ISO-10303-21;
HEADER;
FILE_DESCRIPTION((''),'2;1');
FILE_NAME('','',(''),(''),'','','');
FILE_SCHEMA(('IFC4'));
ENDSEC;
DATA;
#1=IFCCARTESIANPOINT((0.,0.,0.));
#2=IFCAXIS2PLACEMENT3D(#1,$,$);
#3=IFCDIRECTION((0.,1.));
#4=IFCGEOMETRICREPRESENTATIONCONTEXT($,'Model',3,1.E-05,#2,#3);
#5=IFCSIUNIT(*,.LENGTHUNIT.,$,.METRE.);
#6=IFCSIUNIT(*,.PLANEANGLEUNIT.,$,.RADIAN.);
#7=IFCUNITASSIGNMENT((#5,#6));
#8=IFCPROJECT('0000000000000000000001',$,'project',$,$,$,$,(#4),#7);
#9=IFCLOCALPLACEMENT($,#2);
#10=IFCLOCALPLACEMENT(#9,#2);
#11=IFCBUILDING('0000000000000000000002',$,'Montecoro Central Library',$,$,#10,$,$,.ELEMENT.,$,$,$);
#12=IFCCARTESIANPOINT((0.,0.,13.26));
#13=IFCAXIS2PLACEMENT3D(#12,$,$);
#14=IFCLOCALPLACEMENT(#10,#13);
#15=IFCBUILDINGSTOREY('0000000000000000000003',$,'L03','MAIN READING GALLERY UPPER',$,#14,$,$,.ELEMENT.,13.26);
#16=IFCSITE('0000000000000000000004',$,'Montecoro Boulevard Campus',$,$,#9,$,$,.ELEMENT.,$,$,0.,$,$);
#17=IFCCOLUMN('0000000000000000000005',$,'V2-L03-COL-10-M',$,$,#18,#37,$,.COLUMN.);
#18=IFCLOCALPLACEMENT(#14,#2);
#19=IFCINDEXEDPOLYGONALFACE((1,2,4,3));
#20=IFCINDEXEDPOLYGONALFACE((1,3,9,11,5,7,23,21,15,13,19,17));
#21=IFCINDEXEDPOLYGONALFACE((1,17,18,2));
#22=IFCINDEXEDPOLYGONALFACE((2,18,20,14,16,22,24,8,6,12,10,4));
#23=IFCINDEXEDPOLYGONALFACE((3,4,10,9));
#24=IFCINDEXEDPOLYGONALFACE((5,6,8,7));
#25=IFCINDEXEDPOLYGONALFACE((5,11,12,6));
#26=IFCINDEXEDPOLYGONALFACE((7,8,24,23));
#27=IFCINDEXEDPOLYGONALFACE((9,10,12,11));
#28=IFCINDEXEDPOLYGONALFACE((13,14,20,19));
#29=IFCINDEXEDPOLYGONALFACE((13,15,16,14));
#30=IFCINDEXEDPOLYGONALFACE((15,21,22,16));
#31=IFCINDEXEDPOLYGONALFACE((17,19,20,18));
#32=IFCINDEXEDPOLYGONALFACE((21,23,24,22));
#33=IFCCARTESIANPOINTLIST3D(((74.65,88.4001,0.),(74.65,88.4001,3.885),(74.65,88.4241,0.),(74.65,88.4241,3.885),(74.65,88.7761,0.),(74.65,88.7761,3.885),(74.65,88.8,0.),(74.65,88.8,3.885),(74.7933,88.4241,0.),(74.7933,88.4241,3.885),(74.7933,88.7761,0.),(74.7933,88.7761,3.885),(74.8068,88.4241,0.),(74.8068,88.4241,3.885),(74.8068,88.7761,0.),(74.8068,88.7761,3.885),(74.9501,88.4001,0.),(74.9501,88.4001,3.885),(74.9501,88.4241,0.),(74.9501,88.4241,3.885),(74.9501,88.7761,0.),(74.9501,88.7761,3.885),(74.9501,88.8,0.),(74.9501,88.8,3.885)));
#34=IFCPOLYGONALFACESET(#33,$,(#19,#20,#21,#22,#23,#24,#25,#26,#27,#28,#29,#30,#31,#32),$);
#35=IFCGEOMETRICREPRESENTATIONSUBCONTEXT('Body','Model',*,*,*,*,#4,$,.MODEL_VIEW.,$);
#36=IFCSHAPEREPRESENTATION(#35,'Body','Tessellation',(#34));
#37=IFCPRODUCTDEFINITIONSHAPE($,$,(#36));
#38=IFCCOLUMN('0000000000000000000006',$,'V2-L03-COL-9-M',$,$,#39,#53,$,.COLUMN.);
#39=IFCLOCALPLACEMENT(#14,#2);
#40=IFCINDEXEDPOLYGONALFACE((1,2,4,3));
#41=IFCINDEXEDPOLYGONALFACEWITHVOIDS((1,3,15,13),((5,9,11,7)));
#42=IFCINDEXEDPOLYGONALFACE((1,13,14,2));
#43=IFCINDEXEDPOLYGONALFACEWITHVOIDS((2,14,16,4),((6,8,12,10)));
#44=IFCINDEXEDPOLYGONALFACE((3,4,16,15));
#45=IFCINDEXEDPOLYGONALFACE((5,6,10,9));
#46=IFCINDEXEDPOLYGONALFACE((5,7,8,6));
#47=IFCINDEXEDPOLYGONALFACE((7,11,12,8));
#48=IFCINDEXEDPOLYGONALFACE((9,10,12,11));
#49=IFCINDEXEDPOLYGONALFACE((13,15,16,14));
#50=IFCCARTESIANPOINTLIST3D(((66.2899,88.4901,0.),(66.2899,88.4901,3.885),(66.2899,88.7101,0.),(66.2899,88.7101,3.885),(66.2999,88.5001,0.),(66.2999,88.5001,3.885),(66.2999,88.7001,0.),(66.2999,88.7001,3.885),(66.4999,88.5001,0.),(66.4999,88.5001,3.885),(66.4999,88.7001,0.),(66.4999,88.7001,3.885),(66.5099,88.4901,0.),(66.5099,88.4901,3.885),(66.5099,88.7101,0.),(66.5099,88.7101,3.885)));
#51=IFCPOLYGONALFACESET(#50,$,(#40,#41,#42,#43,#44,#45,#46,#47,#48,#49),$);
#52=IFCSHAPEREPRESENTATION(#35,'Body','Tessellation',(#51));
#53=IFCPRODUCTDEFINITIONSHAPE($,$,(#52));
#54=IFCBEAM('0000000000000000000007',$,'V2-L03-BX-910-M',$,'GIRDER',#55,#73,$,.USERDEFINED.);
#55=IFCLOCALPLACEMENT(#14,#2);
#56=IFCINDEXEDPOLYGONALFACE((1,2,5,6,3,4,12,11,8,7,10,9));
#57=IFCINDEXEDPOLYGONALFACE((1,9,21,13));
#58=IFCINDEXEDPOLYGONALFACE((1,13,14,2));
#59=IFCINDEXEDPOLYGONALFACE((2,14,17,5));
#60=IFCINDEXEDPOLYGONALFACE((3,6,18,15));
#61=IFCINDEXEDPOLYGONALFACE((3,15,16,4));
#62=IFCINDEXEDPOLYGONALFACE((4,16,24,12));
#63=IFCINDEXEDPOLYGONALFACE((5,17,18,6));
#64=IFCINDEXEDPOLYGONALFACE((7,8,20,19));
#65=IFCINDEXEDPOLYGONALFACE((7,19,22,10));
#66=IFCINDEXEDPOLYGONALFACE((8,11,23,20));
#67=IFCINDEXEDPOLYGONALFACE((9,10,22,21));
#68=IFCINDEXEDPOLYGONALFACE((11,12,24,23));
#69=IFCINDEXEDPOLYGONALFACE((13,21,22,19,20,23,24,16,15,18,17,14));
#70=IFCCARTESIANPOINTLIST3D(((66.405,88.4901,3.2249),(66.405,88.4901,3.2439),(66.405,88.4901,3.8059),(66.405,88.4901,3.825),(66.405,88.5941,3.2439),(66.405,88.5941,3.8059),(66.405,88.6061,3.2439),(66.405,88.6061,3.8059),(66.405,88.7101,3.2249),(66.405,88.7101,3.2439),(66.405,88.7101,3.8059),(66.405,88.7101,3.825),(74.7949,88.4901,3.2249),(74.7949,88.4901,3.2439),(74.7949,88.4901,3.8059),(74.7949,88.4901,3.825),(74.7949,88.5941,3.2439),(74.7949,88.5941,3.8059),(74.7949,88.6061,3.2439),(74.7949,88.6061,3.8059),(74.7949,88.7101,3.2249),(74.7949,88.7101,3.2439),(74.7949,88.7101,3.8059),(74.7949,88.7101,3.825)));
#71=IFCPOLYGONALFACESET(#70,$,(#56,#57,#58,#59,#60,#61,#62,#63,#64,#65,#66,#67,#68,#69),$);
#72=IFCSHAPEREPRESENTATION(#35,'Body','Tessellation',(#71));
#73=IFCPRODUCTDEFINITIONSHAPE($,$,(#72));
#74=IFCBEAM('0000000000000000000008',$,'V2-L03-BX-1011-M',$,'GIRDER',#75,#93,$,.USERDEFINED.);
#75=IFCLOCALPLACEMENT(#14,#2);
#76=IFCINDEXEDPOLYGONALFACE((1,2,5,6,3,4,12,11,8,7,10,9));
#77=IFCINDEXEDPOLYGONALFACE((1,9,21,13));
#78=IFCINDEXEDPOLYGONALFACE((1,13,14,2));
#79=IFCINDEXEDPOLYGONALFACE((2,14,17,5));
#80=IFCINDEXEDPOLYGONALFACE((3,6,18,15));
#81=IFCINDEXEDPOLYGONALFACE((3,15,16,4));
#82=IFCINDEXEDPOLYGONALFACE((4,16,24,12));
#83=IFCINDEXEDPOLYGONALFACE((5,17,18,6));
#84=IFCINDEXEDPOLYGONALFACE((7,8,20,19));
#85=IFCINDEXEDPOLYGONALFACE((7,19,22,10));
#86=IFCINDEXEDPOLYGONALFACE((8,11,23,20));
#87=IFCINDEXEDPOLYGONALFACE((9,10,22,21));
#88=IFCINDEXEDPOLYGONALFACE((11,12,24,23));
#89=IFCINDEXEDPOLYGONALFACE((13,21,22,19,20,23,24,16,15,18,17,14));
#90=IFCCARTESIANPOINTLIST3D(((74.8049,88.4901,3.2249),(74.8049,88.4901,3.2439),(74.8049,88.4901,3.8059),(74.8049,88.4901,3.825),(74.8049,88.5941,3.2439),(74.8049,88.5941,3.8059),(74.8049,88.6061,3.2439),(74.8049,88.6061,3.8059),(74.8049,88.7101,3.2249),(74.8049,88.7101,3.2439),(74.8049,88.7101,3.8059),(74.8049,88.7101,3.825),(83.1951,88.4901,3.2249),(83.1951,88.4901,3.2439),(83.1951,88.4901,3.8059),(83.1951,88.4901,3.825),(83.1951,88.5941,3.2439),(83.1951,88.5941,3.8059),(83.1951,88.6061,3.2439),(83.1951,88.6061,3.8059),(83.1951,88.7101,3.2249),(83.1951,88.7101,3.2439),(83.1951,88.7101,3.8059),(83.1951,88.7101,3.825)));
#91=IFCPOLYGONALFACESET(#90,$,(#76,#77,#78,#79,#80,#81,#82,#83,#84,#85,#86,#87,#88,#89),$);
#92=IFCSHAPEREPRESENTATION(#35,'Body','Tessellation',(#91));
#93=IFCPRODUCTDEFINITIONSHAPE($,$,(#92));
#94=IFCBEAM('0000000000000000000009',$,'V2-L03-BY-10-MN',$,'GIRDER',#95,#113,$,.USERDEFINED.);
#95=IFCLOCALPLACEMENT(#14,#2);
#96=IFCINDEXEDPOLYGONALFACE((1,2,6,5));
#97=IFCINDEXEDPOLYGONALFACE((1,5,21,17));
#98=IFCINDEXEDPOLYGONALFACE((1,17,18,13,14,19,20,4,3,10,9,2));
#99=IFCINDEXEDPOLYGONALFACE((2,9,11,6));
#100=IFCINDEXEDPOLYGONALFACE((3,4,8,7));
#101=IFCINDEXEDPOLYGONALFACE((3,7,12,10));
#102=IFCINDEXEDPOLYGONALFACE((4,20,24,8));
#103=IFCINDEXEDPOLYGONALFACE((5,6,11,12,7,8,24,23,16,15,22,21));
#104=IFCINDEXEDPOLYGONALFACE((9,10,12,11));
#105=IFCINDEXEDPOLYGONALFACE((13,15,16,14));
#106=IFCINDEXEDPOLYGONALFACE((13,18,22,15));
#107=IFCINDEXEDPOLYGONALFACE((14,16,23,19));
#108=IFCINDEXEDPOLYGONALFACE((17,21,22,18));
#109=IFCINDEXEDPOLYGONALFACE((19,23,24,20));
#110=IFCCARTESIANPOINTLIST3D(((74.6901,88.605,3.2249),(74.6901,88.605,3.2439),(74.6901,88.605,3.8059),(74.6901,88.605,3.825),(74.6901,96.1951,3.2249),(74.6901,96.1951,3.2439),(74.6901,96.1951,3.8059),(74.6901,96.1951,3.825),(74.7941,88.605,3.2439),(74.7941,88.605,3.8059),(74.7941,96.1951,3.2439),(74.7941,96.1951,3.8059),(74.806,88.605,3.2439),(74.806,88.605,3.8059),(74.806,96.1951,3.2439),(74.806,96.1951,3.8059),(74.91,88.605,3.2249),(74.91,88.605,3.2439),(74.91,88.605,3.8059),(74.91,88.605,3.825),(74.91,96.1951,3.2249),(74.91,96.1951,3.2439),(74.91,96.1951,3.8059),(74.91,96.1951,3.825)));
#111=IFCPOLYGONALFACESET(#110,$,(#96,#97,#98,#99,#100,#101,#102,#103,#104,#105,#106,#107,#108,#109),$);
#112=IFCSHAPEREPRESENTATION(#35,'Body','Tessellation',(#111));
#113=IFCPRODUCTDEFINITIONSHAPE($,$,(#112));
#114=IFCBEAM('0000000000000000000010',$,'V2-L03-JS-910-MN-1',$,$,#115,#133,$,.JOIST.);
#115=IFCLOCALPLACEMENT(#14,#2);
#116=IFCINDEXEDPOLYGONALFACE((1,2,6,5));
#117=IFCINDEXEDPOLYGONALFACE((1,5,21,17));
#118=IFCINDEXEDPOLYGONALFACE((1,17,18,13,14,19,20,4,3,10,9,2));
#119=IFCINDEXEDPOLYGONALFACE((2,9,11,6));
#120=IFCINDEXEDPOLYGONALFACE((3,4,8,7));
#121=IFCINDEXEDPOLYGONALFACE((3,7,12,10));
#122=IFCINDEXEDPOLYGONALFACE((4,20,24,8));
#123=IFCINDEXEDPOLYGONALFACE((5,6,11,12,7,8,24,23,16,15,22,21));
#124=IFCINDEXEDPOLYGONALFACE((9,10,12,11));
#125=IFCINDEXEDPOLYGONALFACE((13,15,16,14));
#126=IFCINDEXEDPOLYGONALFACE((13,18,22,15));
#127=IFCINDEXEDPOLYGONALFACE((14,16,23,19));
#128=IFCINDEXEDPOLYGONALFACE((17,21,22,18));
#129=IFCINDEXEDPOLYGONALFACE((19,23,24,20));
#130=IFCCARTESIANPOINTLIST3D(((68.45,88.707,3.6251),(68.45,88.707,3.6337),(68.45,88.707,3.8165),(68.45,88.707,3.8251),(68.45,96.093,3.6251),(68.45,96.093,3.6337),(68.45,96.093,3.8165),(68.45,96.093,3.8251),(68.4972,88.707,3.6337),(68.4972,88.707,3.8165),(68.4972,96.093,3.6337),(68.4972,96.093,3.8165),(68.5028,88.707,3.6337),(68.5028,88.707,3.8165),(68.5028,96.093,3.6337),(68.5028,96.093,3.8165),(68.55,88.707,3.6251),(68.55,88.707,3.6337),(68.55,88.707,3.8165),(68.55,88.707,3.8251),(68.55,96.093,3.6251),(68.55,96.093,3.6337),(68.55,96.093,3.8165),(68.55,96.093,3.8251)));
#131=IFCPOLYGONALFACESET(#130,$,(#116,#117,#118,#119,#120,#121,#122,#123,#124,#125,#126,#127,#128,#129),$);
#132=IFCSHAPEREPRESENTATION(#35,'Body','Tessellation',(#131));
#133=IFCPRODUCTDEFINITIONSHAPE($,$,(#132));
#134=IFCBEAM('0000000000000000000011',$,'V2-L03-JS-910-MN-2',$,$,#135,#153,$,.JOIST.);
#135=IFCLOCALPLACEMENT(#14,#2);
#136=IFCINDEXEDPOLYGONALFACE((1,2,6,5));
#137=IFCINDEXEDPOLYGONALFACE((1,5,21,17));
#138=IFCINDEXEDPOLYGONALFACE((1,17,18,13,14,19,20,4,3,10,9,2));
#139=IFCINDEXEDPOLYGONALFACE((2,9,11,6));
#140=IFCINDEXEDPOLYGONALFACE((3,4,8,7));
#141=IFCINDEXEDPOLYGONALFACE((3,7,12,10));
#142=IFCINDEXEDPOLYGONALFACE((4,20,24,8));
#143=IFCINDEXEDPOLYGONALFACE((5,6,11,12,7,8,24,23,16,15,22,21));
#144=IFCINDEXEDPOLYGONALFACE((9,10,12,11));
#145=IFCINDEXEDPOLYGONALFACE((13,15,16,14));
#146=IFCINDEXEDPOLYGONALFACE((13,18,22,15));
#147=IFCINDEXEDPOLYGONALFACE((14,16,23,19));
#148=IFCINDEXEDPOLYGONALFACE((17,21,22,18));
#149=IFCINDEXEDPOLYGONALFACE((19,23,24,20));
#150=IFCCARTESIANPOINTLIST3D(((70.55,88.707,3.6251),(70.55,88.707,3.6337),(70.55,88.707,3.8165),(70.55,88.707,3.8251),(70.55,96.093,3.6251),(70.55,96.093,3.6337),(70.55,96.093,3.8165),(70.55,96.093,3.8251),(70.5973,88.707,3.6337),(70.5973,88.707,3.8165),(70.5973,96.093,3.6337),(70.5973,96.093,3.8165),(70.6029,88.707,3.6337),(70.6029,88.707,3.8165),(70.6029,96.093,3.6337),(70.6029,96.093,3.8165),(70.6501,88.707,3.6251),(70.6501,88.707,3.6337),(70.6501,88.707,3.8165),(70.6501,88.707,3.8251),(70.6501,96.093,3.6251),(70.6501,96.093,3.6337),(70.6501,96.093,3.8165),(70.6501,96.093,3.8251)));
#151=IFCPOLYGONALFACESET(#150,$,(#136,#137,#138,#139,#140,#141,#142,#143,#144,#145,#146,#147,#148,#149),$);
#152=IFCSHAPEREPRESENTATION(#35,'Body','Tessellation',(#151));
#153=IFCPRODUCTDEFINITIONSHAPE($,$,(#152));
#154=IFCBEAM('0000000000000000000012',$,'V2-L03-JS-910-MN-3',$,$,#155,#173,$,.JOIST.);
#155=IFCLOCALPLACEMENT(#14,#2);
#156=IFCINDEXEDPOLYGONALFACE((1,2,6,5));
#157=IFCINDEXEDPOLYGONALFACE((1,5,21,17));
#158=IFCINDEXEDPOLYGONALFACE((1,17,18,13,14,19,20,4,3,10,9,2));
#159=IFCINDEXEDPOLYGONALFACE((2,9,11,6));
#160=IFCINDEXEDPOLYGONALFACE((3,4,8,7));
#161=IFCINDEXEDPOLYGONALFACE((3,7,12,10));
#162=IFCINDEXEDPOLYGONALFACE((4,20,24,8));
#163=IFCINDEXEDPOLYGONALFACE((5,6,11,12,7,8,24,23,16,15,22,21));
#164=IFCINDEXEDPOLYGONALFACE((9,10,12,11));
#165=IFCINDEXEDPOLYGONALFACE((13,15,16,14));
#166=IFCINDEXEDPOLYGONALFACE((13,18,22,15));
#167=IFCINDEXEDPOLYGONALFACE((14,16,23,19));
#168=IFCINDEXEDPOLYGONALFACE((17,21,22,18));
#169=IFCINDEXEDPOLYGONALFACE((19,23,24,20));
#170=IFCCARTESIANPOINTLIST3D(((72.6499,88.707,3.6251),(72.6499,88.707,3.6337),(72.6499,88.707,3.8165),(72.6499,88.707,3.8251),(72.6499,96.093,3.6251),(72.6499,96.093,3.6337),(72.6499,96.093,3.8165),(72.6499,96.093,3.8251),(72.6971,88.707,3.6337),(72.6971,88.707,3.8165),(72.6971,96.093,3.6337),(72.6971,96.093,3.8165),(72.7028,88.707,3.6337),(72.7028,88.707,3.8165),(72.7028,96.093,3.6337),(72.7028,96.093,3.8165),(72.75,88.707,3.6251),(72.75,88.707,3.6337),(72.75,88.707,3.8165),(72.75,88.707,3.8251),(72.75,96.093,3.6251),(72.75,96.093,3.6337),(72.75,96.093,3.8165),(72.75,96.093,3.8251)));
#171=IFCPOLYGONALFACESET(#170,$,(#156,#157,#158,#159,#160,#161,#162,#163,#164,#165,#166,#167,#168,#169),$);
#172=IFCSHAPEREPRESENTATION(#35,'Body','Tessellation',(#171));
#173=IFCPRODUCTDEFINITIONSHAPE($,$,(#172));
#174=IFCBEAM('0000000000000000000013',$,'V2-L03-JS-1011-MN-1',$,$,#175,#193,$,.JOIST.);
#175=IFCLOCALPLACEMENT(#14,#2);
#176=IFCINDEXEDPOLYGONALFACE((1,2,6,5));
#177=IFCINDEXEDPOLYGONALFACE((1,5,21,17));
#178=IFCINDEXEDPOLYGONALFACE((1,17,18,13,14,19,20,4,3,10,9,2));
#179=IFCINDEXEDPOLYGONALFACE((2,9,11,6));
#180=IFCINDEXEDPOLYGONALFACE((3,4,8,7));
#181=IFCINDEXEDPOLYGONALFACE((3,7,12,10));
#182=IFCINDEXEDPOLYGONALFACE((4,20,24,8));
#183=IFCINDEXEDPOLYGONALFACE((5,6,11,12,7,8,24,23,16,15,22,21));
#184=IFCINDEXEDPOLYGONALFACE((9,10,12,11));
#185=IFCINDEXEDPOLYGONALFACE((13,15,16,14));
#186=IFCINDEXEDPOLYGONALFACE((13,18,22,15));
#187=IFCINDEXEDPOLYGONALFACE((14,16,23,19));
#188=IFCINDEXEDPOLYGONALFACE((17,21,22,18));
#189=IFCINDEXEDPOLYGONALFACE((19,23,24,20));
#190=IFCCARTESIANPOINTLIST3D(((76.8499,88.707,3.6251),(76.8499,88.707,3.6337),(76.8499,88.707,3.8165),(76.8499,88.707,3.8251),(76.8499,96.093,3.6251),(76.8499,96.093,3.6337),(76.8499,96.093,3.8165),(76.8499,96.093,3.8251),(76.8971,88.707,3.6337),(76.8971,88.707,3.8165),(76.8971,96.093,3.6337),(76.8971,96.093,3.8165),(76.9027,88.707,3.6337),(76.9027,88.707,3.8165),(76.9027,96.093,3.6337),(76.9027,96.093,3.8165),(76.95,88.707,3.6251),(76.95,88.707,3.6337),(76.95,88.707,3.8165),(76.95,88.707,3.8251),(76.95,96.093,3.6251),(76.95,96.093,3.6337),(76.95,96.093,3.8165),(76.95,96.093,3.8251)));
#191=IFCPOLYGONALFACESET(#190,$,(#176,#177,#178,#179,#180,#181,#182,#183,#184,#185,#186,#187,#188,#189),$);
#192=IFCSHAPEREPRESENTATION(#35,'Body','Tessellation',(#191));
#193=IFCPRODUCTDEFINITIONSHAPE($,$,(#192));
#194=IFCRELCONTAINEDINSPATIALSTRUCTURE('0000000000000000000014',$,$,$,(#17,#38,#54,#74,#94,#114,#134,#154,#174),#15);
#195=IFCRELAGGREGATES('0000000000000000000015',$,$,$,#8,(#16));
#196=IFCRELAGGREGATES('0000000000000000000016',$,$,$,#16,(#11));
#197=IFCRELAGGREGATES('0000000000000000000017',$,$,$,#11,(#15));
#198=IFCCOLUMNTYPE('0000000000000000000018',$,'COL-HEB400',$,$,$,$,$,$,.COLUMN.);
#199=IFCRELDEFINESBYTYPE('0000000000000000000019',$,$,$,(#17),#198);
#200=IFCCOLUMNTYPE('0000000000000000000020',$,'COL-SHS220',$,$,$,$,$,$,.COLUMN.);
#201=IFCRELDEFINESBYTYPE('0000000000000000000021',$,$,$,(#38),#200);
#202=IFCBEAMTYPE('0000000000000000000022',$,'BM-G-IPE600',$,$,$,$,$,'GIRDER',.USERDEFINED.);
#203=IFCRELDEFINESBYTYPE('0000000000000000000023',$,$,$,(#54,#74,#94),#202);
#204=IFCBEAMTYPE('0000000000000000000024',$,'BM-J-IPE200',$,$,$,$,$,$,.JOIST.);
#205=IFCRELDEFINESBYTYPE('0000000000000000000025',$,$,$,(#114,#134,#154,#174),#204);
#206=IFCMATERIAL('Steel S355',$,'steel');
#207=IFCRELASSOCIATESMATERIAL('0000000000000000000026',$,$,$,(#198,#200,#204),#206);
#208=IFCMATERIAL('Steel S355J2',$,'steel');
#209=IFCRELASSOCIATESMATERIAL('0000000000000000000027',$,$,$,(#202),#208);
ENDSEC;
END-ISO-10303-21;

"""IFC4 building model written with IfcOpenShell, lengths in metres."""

from ifc_helpers import new_model, si_unit, direction, frame, origin, origin_2d, place, context, subcontext, project, spatial, hollow_rectangle, i_section, extrude, material, material_profile, profile_set, type_object, element, save


model = new_model("IFC4")

# Units and contexts
model_context = context("Model", 3, precision=1e-05, world=origin(), true_north=direction((0.0, 1.0)))
body_context = subcontext(model_context, "Body", "Model", "MODEL_VIEW")
ifc_project = project(units=[si_unit("LENGTHUNIT", "METRE"), si_unit("PLANEANGLEUNIT", "RADIAN")], contexts=[model_context])

# Site, building, storey
site_placement = place(None, origin())
site = spatial("IfcSite", under=ifc_project, at=site_placement, Name="Montecoro Boulevard Campus", CompositionType="ELEMENT", RefElevation=0.0)
building_placement = place(site_placement, origin())
building = spatial("IfcBuilding", under=site, at=building_placement, Name="Montecoro Central Library", CompositionType="ELEMENT")
storey_placement = place(building_placement, frame((0.0, 0.0, 13.26)))
storey = spatial("IfcBuildingStorey", under=building, at=storey_placement, Name="L03", Description="MAIN READING GALLERY UPPER", CompositionType="ELEMENT", Elevation=13.26)

# Columns
ifc_material_1 = material(Name="Steel S355", Category="steel")
ifc_material_profile_1 = material_profile(ifc_material_1, i_section(OverallWidth=0.3, OverallDepth=0.3999, WebThickness=0.0134, FlangeThickness=0.0239, at=origin_2d()), Name="HEB 400")
ifc_profile_set_1 = profile_set([ifc_material_profile_1], Name="Steel S355")
column_type_1 = type_object("IfcColumnType", Name="COL-HEB400", PredefinedType="COLUMN", material=ifc_profile_set_1)
column_1_placement = place(storey_placement, frame((74.8, 88.6001, 0.0), z_axis=(0.0, 0.0, 1.0), x_axis=(1.0, 0.0, 0.0)))
element("IfcColumn", 1, at=column_1_placement, inside=storey, type_object=column_type_1, Name="V2-L03-COL-10-M", PredefinedType="COLUMN", context=body_context, shape_type="SweptSolid", body=[
    extrude(i_section(OverallWidth=0.3, OverallDepth=0.3999, WebThickness=0.0134, FlangeThickness=0.0239, at=origin_2d()), origin(), (0.0, 0.0, 1.0), 3.885),
])
ifc_material_profile_2 = material_profile(ifc_material_1, hollow_rectangle(XDim=0.22, YDim=0.22, WallThickness=0.01, at=origin_2d()), Name="SHS 220x220x10.0")
ifc_profile_set_2 = profile_set([ifc_material_profile_2], Name="Steel S355")
column_type_2 = type_object("IfcColumnType", Name="COL-SHS220", PredefinedType="COLUMN", material=ifc_profile_set_2)
column_2_placement = place(storey_placement, frame((66.3999, 88.6001, 0.0), z_axis=(0.0, 0.0, 1.0), x_axis=(1.0, 0.0, 0.0)))
element("IfcColumn", 2, at=column_2_placement, inside=storey, type_object=column_type_2, Name="V2-L03-COL-9-M", PredefinedType="COLUMN", context=body_context, shape_type="SweptSolid", body=[
    extrude(hollow_rectangle(XDim=0.22, YDim=0.22, WallThickness=0.01, at=origin_2d()), origin(), (0.0, 0.0, 1.0), 3.885),
])

# Beams
ifc_material_2 = material(Name="Steel S355J2", Category="steel")
ifc_material_profile_3 = material_profile(ifc_material_2, i_section(OverallWidth=0.22, OverallDepth=0.6001, WebThickness=0.012, FlangeThickness=0.019, at=origin_2d()), Name="IPE 600")
ifc_profile_set_3 = profile_set([ifc_material_profile_3], Name="Steel S355J2")
beam_type_1 = type_object("IfcBeamType", Name="BM-G-IPE600", ElementType="GIRDER", PredefinedType="USERDEFINED", material=ifc_profile_set_3)
beam_1_placement = place(storey_placement, frame((66.405, 88.6001, 3.5249), z_axis=(1.0, 0.0, 0.0), x_axis=(0.0, 1.0, 0.0)))
element("IfcBeam", 3, at=beam_1_placement, inside=storey, type_object=beam_type_1, Name="V2-L03-BX-910-M", ObjectType="GIRDER", PredefinedType="USERDEFINED", context=body_context, shape_type="SweptSolid", body=[
    extrude(i_section(OverallWidth=0.22, OverallDepth=0.6001, WebThickness=0.012, FlangeThickness=0.019, at=origin_2d()), origin(), (0.0, 0.0, 1.0), 8.3899),
])
beam_2_placement = place(storey_placement, frame((74.8049, 88.6001, 3.5249), z_axis=(1.0, 0.0, 0.0), x_axis=(0.0, 1.0, 0.0)))
element("IfcBeam", 4, at=beam_2_placement, inside=storey, type_object=beam_type_1, Name="V2-L03-BX-1011-M", ObjectType="GIRDER", PredefinedType="USERDEFINED", context=body_context, shape_type="SweptSolid", body=[
    extrude(i_section(OverallWidth=0.22, OverallDepth=0.6001, WebThickness=0.012, FlangeThickness=0.019, at=origin_2d()), origin(), (0.0, 0.0, 1.0), 8.3901),
])
beam_3_placement = place(storey_placement, frame((74.8, 88.605, 3.5249), z_axis=(0.0, 1.0, 0.0), x_axis=(-1.0, 0.0, 0.0)))
element("IfcBeam", 5, at=beam_3_placement, inside=storey, type_object=beam_type_1, Name="V2-L03-BY-10-MN", ObjectType="GIRDER", PredefinedType="USERDEFINED", context=body_context, shape_type="SweptSolid", body=[
    extrude(i_section(OverallWidth=0.22, OverallDepth=0.6001, WebThickness=0.012, FlangeThickness=0.019, at=origin_2d()), origin(), (0.0, 0.0, 1.0), 7.5901),
])
ifc_material_profile_4 = material_profile(ifc_material_1, i_section(OverallWidth=0.1001, OverallDepth=0.2, WebThickness=0.0056, FlangeThickness=0.0085, at=origin_2d()), Name="IPE 200")
ifc_profile_set_4 = profile_set([ifc_material_profile_4], Name="Steel S355")
beam_type_2 = type_object("IfcBeamType", Name="BM-J-IPE200", PredefinedType="JOIST", material=ifc_profile_set_4)
for number, where, z_axis, x_axis, name in (
    (6, (68.5, 88.707, 3.7251), (0.0, 1.0, 0.0), (-1.0, 0.0, 0.0), "V2-L03-JS-910-MN-1"),
    (7, (70.6001, 88.707, 3.7251), (0.0, 1.0, 0.0), (-1.0, 0.0, 0.0), "V2-L03-JS-910-MN-2"),
    (8, (72.7, 88.707, 3.7251), (0.0, 1.0, 0.0), (-1.0, 0.0, 0.0), "V2-L03-JS-910-MN-3"),
    (9, (76.8999, 88.707, 3.7251), (0.0, 1.0, 0.0), (-1.0, 0.0, 0.0), "V2-L03-JS-1011-MN-1"),
):
    element("IfcBeam", number, at=place(storey_placement, frame(where, z_axis=z_axis, x_axis=x_axis)), inside=storey, type_object=beam_type_2, Name=name, PredefinedType="JOIST", context=body_context, shape_type="SweptSolid", body=[
        extrude(i_section(OverallWidth=0.1001, OverallDepth=0.2, WebThickness=0.0056, FlangeThickness=0.0085, at=origin_2d()), origin(), (0.0, 0.0, 1.0), 7.386),
    ])

save(model, "model.ifc")
